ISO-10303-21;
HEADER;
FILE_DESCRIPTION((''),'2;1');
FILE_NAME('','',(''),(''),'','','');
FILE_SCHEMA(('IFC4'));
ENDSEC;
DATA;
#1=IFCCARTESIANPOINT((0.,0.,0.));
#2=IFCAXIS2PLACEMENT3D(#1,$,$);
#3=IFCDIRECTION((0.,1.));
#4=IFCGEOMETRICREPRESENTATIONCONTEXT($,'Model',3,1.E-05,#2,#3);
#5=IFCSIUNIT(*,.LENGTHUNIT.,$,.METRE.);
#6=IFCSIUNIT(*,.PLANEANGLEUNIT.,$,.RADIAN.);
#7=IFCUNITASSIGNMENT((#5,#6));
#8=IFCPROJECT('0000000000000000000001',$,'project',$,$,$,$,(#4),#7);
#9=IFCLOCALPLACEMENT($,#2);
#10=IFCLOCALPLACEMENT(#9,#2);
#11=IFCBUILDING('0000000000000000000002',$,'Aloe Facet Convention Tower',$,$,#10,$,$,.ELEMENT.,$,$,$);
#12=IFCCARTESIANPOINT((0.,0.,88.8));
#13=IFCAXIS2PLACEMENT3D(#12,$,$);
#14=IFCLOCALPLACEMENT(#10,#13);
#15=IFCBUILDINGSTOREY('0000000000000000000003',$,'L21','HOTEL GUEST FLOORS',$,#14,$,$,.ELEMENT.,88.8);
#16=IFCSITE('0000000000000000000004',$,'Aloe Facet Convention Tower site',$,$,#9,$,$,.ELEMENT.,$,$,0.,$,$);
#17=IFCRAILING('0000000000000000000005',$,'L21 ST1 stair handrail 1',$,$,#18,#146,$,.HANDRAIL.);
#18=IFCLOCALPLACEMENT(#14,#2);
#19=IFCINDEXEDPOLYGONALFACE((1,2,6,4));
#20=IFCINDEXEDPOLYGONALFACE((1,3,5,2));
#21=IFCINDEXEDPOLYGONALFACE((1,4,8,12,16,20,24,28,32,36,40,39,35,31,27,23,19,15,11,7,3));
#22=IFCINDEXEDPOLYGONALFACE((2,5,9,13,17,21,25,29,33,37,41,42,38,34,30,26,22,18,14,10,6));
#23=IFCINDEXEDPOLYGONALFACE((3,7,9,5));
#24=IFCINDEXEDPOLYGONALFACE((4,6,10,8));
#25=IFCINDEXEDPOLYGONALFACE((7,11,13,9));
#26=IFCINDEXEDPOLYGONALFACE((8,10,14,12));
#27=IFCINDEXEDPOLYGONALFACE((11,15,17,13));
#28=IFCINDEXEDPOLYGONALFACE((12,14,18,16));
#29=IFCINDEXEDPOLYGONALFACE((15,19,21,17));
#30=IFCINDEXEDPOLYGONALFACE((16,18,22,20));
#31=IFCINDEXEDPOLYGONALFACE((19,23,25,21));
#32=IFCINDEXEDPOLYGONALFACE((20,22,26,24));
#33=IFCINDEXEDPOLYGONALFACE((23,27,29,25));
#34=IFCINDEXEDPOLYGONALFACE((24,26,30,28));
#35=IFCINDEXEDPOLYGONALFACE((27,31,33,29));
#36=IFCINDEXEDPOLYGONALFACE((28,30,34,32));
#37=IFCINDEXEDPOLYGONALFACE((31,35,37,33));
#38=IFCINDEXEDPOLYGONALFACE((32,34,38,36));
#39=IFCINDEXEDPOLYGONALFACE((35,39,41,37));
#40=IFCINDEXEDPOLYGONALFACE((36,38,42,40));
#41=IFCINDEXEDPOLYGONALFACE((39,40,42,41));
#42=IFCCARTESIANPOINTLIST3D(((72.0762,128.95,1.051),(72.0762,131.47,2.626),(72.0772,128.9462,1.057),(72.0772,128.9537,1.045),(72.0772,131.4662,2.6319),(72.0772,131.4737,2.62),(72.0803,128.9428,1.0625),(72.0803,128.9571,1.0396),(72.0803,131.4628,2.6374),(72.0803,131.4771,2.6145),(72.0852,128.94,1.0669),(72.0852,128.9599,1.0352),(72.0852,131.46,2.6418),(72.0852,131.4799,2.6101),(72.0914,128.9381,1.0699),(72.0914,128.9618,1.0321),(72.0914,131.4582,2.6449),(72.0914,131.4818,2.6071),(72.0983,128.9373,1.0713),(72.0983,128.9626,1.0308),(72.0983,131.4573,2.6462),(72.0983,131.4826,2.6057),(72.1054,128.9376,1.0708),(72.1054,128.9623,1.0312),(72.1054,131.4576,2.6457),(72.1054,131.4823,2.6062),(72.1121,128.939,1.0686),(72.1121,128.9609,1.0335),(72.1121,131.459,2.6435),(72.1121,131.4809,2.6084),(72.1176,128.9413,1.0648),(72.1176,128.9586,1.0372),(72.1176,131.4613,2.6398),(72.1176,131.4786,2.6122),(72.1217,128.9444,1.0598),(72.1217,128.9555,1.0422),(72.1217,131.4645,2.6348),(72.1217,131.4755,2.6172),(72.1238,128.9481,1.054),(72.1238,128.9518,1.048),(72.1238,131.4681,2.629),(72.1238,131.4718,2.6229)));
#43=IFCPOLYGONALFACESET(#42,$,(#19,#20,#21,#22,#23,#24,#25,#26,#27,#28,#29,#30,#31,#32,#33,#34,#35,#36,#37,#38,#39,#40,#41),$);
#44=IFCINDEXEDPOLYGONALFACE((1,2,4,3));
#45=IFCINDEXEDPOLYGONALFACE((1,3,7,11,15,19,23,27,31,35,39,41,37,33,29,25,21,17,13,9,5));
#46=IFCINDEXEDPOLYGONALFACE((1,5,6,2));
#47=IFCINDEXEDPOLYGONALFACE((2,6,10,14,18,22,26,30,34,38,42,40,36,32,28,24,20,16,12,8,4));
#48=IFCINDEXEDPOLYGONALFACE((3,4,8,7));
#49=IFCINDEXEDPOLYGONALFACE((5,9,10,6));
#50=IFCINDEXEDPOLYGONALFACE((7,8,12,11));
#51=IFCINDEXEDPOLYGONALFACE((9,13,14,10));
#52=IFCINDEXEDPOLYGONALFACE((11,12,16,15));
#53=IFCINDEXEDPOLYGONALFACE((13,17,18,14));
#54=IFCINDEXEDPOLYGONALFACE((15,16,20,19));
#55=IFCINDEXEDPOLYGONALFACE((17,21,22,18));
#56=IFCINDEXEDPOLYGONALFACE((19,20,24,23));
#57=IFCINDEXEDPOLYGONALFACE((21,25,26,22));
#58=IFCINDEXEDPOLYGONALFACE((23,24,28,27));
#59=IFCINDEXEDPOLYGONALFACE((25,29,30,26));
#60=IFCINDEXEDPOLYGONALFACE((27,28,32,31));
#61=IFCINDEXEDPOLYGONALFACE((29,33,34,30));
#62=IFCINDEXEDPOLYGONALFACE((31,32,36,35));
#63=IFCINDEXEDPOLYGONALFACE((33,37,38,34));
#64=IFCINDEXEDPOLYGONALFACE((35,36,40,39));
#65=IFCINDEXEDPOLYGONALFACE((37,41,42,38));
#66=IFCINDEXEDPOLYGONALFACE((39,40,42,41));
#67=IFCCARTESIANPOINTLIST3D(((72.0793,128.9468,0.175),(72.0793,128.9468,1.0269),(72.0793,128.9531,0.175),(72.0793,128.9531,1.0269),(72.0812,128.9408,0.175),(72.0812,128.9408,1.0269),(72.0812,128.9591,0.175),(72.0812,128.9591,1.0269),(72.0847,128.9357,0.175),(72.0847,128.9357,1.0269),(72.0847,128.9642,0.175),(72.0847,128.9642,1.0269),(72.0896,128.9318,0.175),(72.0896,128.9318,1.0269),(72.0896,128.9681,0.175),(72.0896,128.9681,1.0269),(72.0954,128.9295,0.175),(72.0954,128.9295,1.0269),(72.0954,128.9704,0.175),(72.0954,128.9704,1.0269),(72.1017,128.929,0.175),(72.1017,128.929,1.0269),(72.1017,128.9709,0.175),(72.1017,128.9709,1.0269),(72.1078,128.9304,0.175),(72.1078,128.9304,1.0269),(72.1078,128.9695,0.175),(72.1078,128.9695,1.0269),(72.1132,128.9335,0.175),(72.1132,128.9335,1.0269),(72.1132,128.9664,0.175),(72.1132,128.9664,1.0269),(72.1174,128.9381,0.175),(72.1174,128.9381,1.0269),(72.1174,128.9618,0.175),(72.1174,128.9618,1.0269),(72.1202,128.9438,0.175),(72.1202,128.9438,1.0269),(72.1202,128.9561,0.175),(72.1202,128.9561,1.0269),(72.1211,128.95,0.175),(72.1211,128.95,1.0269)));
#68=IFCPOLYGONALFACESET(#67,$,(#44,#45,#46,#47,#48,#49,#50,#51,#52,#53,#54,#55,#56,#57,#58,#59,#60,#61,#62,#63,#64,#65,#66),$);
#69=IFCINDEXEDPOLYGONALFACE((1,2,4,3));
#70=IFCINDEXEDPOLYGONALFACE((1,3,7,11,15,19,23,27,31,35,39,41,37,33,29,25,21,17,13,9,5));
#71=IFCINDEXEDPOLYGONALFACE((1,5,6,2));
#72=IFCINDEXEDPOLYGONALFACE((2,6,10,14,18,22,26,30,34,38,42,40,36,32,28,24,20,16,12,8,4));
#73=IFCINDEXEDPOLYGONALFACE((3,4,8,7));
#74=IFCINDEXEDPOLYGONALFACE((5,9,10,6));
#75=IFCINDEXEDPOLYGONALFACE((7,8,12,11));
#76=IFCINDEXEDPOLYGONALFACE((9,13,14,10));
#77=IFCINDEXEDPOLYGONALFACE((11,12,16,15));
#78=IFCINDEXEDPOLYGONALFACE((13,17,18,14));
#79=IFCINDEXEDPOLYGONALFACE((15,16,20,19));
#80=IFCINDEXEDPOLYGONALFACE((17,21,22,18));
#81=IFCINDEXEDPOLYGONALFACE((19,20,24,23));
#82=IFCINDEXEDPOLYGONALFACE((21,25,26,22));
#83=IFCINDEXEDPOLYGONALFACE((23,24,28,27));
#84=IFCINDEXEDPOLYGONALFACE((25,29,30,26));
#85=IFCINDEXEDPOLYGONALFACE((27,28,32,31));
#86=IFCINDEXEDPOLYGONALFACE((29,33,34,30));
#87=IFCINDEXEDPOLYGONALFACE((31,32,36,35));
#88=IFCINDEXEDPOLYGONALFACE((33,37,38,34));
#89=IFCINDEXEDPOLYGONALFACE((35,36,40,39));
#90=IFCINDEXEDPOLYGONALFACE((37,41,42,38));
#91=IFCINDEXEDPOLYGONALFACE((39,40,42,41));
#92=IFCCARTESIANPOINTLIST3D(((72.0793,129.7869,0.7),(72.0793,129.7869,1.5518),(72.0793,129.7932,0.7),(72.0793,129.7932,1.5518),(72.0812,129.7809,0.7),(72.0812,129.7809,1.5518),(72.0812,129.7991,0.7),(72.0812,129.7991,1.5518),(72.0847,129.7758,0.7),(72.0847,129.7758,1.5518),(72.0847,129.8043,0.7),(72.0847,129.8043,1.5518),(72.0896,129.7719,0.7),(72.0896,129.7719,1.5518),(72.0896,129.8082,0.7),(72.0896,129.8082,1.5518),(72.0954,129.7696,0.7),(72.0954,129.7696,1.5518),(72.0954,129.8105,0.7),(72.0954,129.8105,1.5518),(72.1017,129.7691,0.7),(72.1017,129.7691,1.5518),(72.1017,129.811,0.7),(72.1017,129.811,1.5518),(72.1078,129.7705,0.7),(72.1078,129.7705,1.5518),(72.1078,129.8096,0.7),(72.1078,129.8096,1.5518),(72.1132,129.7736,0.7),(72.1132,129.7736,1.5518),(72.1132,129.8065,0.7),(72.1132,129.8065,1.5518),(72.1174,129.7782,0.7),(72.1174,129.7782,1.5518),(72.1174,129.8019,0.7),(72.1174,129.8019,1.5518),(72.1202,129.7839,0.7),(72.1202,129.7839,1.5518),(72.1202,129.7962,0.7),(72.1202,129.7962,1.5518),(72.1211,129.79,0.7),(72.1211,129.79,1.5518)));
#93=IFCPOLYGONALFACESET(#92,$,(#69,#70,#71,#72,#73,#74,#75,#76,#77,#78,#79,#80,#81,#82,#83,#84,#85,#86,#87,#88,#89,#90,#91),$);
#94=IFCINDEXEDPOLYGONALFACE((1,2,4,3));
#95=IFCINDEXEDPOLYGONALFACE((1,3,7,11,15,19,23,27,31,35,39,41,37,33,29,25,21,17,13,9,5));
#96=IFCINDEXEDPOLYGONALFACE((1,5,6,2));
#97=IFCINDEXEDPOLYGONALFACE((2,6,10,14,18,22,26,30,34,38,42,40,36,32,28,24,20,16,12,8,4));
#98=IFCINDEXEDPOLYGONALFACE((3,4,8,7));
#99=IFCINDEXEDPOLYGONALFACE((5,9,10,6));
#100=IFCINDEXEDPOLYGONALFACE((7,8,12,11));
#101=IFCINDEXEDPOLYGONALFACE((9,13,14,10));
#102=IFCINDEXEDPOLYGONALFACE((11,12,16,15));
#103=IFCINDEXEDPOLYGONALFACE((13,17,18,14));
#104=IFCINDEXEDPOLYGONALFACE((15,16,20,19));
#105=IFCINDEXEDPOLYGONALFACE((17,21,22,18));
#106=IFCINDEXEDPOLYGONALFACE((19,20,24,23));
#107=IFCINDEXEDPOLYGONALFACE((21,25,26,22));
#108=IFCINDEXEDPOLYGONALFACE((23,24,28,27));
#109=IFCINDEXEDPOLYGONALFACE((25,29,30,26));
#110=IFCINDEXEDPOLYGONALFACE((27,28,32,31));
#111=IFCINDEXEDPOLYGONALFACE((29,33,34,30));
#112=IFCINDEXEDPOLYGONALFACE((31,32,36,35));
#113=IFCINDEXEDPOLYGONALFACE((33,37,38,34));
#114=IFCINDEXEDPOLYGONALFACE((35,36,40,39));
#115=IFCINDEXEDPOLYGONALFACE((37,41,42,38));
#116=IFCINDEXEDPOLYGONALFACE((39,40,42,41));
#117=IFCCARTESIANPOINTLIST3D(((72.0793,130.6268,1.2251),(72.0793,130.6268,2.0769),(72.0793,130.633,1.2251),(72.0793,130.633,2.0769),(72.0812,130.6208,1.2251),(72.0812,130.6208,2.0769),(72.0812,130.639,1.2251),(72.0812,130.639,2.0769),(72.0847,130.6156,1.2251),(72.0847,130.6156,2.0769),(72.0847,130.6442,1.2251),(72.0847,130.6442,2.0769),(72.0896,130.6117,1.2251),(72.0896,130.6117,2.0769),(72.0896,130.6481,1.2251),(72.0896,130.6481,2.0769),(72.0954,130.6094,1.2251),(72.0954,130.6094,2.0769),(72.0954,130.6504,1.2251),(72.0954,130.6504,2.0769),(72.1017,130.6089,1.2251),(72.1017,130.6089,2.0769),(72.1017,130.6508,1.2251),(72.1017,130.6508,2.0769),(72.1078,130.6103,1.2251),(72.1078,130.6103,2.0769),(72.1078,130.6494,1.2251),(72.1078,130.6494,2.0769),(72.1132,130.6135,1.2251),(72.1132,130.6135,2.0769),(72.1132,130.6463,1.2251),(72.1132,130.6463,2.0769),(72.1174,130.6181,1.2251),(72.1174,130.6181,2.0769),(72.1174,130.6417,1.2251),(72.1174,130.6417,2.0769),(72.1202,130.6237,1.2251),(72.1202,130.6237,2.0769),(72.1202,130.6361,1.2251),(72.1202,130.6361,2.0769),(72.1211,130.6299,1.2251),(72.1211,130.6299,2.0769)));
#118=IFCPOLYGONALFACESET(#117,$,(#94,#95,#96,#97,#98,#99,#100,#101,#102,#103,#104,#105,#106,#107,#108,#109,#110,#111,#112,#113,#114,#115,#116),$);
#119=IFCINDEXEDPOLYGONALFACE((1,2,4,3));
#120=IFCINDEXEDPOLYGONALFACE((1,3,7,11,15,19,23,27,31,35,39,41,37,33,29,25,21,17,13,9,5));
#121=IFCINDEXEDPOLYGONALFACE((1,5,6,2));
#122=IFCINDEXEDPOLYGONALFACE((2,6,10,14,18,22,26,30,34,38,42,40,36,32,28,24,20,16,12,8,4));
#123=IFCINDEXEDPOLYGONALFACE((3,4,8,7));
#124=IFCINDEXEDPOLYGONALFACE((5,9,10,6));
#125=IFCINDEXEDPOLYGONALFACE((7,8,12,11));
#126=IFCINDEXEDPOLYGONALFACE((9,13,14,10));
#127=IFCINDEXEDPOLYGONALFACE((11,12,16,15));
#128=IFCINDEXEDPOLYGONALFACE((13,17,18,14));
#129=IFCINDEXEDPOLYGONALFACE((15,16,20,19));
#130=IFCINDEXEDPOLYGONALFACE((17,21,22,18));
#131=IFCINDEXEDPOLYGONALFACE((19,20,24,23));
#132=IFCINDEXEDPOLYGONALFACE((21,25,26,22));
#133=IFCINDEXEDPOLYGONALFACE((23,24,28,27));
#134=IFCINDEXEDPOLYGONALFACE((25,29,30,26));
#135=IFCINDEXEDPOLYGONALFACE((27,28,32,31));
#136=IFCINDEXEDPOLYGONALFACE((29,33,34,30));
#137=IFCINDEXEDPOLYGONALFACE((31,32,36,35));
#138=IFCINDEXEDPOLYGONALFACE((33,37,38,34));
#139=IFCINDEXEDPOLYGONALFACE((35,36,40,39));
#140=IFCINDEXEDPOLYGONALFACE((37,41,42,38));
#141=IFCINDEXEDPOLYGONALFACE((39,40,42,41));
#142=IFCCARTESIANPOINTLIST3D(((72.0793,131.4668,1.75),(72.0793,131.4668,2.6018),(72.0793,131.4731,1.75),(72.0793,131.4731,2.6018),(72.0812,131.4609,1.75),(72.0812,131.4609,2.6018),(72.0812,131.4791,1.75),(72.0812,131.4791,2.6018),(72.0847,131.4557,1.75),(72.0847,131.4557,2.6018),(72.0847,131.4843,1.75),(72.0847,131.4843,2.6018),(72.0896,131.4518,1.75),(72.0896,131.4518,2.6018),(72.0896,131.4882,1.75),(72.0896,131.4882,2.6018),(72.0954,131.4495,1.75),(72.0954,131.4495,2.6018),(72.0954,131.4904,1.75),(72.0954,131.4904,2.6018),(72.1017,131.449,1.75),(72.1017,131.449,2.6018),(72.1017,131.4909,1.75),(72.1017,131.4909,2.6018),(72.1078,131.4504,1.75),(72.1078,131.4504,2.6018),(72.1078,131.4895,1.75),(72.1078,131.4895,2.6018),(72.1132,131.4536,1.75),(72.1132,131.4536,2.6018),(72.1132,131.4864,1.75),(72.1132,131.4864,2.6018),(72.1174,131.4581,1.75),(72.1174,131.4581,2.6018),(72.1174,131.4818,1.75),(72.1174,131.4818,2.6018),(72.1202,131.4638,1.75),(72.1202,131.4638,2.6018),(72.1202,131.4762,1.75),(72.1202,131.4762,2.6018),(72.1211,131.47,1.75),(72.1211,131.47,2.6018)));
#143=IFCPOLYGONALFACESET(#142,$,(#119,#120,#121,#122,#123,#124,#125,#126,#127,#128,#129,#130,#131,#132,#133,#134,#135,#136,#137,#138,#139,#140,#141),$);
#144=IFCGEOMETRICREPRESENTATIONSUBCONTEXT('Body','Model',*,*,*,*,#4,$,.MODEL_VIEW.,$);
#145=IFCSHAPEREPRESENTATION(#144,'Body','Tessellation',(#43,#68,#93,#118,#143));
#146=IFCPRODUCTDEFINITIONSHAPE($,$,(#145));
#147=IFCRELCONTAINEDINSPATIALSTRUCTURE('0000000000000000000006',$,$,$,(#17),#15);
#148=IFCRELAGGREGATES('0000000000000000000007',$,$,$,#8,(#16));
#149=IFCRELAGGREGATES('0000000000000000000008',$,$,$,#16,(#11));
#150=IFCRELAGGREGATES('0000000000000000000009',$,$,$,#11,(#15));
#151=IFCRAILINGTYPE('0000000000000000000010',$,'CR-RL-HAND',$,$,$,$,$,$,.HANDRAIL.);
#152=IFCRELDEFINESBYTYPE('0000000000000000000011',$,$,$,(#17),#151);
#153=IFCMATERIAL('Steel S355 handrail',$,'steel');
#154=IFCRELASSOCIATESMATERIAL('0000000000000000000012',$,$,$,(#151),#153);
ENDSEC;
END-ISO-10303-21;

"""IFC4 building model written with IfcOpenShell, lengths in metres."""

from ifc_helpers import new_model, si_unit, direction, frame, origin, origin_2d, place, context, subcontext, project, spatial, circle, extrude, material, type_object, element, save


model = new_model("IFC4")

# Units and contexts
model_context = context("Model", 3, precision=1e-05, world=origin(), true_north=direction((0.0, 1.0)))
body_context = subcontext(model_context, "Body", "Model", "MODEL_VIEW")
ifc_project = project(units=[si_unit("LENGTHUNIT", "METRE"), si_unit("PLANEANGLEUNIT", "RADIAN")], contexts=[model_context])

# Site, building, storey
site_placement = place(None, origin())
site = spatial("IfcSite", under=ifc_project, at=site_placement, Name="Aloe Facet Convention Tower site", CompositionType="ELEMENT", RefElevation=0.0)
building_placement = place(site_placement, origin())
building = spatial("IfcBuilding", under=site, at=building_placement, Name="Aloe Facet Convention Tower", CompositionType="ELEMENT")
storey_placement = place(building_placement, frame((0.0, 0.0, 88.8)))
storey = spatial("IfcBuildingStorey", under=building, at=storey_placement, Name="L21", Description="HOTEL GUEST FLOORS", CompositionType="ELEMENT", Elevation=88.8)

# Railing
ifc_material_1 = material(Name="Steel S355 handrail", Category="steel")
railing_type_1 = type_object("IfcRailingType", Name="CR-RL-HAND", PredefinedType="HANDRAIL", material=ifc_material_1)
railing_1_placement = place(storey_placement, frame((72.1001, 128.95, 0.175)))
element("IfcRailing", 1, at=railing_1_placement, inside=storey, type_object=railing_type_1, Name="L21 ST1 stair handrail 1", PredefinedType="HANDRAIL", context=body_context, shape_type="SweptSolid", body=[
    extrude(circle(Radius=0.0239, at=origin_2d()), frame((0.0, 0.0, 0.876), z_axis=(0.0, 0.848008, 0.529984), x_axis=(-1.0, 0.0, 0.0)), (0.0, 0.0, 1.0), 2.9717),
    extrude(circle(Radius=0.021, at=origin_2d()), origin(), (0.0, 0.0, 1.0), 0.8518),
    extrude(circle(Radius=0.021, at=origin_2d()), frame((0.0, 0.8401, 0.5249)), (0.0, 0.0, 1.0), 0.8518),
    extrude(circle(Radius=0.021, at=origin_2d()), frame((0.0, 1.6799, 1.05)), (0.0, 0.0, 1.0), 0.8518),
    extrude(circle(Radius=0.021, at=origin_2d()), frame((0.0, 2.52, 1.575)), (0.0, 0.0, 1.0), 0.8518),
])

save(model, "model.ifc")
